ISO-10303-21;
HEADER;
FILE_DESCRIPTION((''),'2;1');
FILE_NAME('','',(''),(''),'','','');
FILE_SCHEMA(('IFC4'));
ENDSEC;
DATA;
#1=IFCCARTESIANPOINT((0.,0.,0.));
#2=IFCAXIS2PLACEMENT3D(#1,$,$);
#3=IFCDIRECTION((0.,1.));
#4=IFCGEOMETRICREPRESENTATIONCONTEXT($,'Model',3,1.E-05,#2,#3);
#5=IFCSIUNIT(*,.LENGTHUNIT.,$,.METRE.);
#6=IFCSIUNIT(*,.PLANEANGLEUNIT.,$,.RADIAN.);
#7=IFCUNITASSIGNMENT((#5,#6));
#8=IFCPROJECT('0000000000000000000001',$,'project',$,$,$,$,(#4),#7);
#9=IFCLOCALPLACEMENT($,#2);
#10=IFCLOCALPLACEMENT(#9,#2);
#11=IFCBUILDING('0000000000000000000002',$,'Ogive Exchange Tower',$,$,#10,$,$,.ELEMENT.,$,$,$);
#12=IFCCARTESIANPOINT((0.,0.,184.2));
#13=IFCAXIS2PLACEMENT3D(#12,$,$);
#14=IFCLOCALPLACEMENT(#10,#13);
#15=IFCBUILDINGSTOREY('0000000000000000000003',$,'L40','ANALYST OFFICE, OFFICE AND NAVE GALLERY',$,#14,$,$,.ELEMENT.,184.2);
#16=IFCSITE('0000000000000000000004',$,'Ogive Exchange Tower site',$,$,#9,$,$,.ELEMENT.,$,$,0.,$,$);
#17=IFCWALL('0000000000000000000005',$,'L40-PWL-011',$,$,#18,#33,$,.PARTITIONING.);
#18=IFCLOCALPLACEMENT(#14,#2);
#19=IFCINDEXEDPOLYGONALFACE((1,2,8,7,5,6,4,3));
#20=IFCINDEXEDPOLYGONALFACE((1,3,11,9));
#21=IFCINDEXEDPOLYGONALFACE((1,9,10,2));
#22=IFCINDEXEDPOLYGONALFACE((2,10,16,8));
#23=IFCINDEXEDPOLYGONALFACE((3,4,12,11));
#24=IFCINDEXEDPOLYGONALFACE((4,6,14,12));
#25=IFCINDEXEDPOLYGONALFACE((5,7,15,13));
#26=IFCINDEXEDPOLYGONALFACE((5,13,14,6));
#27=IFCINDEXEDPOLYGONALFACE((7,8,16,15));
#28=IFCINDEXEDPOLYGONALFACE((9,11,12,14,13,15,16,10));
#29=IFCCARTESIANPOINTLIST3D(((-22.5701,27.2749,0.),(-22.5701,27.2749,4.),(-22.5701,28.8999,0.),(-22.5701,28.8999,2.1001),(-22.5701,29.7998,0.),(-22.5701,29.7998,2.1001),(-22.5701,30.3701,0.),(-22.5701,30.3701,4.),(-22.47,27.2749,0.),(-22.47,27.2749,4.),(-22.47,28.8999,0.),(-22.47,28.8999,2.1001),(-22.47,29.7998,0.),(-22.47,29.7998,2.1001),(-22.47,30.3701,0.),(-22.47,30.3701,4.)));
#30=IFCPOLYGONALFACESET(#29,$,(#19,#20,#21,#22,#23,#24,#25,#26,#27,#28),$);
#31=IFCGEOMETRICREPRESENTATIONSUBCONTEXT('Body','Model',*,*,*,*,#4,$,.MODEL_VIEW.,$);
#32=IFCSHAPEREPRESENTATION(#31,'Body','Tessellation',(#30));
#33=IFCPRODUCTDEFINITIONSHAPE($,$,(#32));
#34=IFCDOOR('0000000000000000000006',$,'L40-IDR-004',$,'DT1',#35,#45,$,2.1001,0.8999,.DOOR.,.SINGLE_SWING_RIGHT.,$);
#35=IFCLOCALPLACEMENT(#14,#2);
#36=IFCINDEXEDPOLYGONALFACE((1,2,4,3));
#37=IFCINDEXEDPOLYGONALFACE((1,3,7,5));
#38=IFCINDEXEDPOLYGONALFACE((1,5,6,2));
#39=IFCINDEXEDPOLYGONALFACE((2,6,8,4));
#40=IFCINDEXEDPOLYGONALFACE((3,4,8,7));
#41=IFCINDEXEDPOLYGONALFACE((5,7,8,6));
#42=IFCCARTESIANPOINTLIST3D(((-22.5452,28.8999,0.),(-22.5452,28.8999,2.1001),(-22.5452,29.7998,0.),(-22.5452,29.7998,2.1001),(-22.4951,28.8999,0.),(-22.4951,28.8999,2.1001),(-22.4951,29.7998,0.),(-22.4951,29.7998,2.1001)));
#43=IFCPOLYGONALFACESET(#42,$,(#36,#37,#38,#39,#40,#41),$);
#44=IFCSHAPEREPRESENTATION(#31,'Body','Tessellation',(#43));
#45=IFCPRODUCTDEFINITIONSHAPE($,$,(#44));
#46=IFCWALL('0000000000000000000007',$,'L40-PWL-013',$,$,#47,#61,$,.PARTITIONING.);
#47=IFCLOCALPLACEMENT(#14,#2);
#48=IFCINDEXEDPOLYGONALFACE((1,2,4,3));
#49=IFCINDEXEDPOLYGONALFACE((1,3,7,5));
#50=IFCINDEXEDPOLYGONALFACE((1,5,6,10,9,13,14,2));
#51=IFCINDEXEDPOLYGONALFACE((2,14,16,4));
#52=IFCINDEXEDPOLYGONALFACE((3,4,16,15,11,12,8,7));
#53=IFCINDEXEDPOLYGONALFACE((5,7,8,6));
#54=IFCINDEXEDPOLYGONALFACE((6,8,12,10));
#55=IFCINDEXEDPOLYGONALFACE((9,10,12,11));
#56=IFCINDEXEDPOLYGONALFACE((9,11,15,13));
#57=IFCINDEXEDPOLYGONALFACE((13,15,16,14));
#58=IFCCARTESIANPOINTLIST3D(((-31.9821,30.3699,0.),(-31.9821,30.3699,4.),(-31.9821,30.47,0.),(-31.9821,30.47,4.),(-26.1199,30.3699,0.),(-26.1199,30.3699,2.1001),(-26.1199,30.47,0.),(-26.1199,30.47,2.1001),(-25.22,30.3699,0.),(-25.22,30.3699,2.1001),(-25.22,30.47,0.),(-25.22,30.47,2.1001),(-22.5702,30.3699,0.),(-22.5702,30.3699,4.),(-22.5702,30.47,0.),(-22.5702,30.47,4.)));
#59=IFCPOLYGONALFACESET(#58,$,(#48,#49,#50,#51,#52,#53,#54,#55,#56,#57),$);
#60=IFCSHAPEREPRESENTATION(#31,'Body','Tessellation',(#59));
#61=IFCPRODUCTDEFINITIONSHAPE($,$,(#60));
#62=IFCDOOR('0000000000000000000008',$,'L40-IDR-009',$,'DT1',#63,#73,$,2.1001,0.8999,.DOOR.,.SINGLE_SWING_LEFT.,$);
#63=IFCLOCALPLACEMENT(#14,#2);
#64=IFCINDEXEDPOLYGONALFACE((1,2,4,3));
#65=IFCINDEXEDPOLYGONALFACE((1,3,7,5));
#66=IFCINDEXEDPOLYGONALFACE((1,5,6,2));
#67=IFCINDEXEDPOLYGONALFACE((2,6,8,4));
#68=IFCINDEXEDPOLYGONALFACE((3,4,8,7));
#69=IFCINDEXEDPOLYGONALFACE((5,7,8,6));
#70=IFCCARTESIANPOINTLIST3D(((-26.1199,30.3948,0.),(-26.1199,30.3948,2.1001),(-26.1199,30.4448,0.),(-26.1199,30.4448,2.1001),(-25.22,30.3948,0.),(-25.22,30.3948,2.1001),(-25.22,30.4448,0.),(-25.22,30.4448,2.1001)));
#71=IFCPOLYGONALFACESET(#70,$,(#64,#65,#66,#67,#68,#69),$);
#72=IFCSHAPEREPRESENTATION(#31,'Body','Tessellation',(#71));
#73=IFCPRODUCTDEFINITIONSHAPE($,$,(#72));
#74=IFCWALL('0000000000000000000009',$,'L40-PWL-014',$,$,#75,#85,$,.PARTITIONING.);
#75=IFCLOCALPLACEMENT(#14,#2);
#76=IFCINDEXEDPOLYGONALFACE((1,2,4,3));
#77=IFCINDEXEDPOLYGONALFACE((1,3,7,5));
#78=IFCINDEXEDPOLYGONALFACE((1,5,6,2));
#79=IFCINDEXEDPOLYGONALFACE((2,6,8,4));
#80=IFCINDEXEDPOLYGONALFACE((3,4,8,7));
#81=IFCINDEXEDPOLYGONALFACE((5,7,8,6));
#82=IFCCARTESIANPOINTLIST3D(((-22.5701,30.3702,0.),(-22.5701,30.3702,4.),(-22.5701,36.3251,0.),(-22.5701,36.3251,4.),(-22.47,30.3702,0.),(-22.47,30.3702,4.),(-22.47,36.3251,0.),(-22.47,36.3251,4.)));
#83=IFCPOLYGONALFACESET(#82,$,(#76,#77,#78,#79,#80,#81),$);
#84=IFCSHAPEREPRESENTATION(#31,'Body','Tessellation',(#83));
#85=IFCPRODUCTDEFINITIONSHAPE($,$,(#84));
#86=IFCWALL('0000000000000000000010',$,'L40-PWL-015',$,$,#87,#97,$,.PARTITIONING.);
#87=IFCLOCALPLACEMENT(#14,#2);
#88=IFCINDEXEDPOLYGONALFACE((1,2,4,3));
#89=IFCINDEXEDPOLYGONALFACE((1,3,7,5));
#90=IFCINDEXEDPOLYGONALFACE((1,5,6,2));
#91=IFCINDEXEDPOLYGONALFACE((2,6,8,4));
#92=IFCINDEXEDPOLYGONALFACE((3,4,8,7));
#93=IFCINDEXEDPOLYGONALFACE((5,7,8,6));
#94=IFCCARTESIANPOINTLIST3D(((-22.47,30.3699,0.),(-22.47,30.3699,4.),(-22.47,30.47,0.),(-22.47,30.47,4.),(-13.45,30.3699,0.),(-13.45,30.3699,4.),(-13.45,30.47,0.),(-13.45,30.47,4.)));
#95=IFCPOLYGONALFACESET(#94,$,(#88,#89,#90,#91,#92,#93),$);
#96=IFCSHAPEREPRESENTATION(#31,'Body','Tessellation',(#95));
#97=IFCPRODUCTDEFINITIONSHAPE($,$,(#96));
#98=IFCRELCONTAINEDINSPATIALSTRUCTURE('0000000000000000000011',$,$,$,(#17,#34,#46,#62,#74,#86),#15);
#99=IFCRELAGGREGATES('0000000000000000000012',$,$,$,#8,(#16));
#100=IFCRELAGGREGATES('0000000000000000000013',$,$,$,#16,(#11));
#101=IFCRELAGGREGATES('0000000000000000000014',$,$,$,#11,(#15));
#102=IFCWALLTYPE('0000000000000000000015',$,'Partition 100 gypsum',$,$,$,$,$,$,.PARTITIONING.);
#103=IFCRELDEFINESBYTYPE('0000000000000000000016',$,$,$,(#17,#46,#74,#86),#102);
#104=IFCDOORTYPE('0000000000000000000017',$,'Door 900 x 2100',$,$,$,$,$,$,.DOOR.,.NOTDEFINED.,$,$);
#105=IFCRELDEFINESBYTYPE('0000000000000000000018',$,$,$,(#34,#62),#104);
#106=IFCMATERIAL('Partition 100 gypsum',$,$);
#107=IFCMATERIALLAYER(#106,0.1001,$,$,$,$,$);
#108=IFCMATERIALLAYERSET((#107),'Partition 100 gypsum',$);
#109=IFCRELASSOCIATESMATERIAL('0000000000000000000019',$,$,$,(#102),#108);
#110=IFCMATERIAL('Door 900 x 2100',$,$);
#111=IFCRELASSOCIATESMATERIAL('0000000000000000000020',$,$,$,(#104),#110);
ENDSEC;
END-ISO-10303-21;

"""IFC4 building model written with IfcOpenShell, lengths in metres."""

from ifc_helpers import new_model, si_unit, direction, frame, frame_2d, origin, place, context, subcontext, project, spatial, rectangle, extrude, material, layer, layer_set, type_object, element, fill, save


model = new_model("IFC4")

# Units and contexts
model_context = context("Model", 3, precision=1e-05, world=origin(), true_north=direction((0.0, 1.0)))
body_context = subcontext(model_context, "Body", "Model", "MODEL_VIEW")
ifc_project = project(units=[si_unit("LENGTHUNIT", "METRE"), si_unit("PLANEANGLEUNIT", "RADIAN")], contexts=[model_context])

# Site, building, storey
site_placement = place(None, origin())
site = spatial("IfcSite", under=ifc_project, at=site_placement, Name="Ogive Exchange Tower site", CompositionType="ELEMENT", RefElevation=0.0)
building_placement = place(site_placement, origin())
building = spatial("IfcBuilding", under=site, at=building_placement, Name="Ogive Exchange Tower", CompositionType="ELEMENT")
storey_placement = place(building_placement, frame((0.0, 0.0, 184.2)))
storey = spatial("IfcBuildingStorey", under=building, at=storey_placement, Name="L40", Description="ANALYST OFFICE, OFFICE AND NAVE GALLERY", CompositionType="ELEMENT", Elevation=184.2)

# Walls, openings, doors
ifc_material_1 = material(Name="Partition 100 gypsum")
ifc_layer_1 = layer(ifc_material_1, 0.1001)
ifc_layer_set_1 = layer_set([ifc_layer_1], Name="Partition 100 gypsum")
wall_type_1 = type_object("IfcWallType", Name="Partition 100 gypsum", PredefinedType="PARTITIONING", material=ifc_layer_set_1)
wall_1_placement = place(storey_placement, frame((-22.52, 27.2749, 0.0), z_axis=(0.0, 0.0, 1.0), x_axis=(0.0, 1.0, 0.0)))
wall_1 = element("IfcWall", 1, at=wall_1_placement, inside=storey, type_object=wall_type_1, Name="L40-PWL-011", PredefinedType="PARTITIONING", context=body_context, shape_type="SweptSolid", body=[
    extrude(rectangle(XDim=3.0952, YDim=0.1001, at=frame_2d((1.5476, 0.0))), origin(), (0.0, 0.0, 1.0), 4.0),
])
opening_1_placement = place(wall_1_placement, frame((1.625, 0.0, 0.0)))
opening_1 = element("IfcOpeningElement", 2, at=opening_1_placement, cuts=wall_1, PredefinedType="OPENING", context=body_context, shape_type="SweptSolid", body=[
    extrude(rectangle(XDim=0.8999, YDim=2.1001, at=frame_2d((0.45, 1.05))), frame((0.0, 0.0601, 0.0), z_axis=(0.0, -1.0, 0.0), x_axis=(1.0, 0.0, 0.0)), (0.0, 0.0, 1.0), 0.1201),
])
ifc_material_2 = material(Name="Door 900 x 2100")
door_type_1 = type_object("IfcDoorType", Name="Door 900 x 2100", OperationType="NOTDEFINED", PredefinedType="DOOR", material=ifc_material_2)
door_1_placement = place(opening_1_placement, frame((0.8999, 0.0, 0.0), z_axis=(0.0, 0.0, 1.0), x_axis=(-1.0, 0.0, 0.0)))
door_1 = element("IfcDoor", 3, at=door_1_placement, inside=storey, type_object=door_type_1, Name="L40-IDR-004", ObjectType="DT1", OperationType="SINGLE_SWING_RIGHT", OverallHeight=2.1001, OverallWidth=0.8999, PredefinedType="DOOR", context=body_context, shape_type="SweptSolid", body=[
    extrude(rectangle(XDim=0.8999, YDim=2.1001, at=frame_2d((0.45, 1.05))), frame((0.0, 0.0249, 0.0), z_axis=(0.0, -1.0, 0.0), x_axis=(1.0, 0.0, 0.0)), (0.0, 0.0, 1.0), 0.05),
])
fill(opening_1, door_1)
wall_2_placement = place(storey_placement, frame((-22.5701, 30.4199, 0.0), z_axis=(0.0, 0.0, 1.0), x_axis=(-1.0, 0.0, 0.0)))
wall_2 = element("IfcWall", 4, at=wall_2_placement, inside=storey, type_object=wall_type_1, Name="L40-PWL-013", PredefinedType="PARTITIONING", context=body_context, shape_type="SweptSolid", body=[
    extrude(rectangle(XDim=9.4119, YDim=0.1001, at=frame_2d((4.7061, 0.0))), origin(), (0.0, 0.0, 1.0), 4.0),
])
opening_2_placement = place(wall_2_placement, frame((2.6499, 0.0, 0.0)))
opening_2 = element("IfcOpeningElement", 5, at=opening_2_placement, cuts=wall_2, PredefinedType="OPENING", context=body_context, shape_type="SweptSolid", body=[
    extrude(rectangle(XDim=0.8999, YDim=2.1001, at=frame_2d((0.45, 1.05))), frame((0.0, 0.0601, 0.0), z_axis=(0.0, -1.0, 0.0), x_axis=(1.0, 0.0, 0.0)), (0.0, 0.0, 1.0), 0.1201),
])
door_2_placement = place(opening_2_placement, frame((0.8999, 0.0, 0.0), z_axis=(0.0, 0.0, 1.0), x_axis=(-1.0, 0.0, 0.0)))
door_2 = element("IfcDoor", 6, at=door_2_placement, inside=storey, type_object=door_type_1, Name="L40-IDR-009", ObjectType="DT1", OperationType="SINGLE_SWING_LEFT", OverallHeight=2.1001, OverallWidth=0.8999, PredefinedType="DOOR", context=body_context, shape_type="SweptSolid", body=[
    extrude(rectangle(XDim=0.8999, YDim=2.1001, at=frame_2d((0.45, 1.05))), frame((0.0, 0.0249, 0.0), z_axis=(0.0, -1.0, 0.0), x_axis=(1.0, 0.0, 0.0)), (0.0, 0.0, 1.0), 0.05),
])
fill(opening_2, door_2)

# Walls
wall_3_placement = place(storey_placement, frame((-22.52, 30.3701, 0.0), z_axis=(0.0, 0.0, 1.0), x_axis=(0.0, 1.0, 0.0)))
element("IfcWall", 7, at=wall_3_placement, inside=storey, type_object=wall_type_1, Name="L40-PWL-014", PredefinedType="PARTITIONING", context=body_context, shape_type="SweptSolid", body=[
    extrude(rectangle(XDim=5.9548, YDim=0.1001, at=frame_2d((2.9775, 0.0))), origin(), (0.0, 0.0, 1.0), 4.0),
])
wall_4_placement = place(storey_placement, frame((-22.47, 30.4199, 0.0), z_axis=(0.0, 0.0, 1.0), x_axis=(1.0, 0.0, 0.0)))
element("IfcWall", 8, at=wall_4_placement, inside=storey, type_object=wall_type_1, Name="L40-PWL-015", PredefinedType="PARTITIONING", context=body_context, shape_type="SweptSolid", body=[
    extrude(rectangle(XDim=9.02, YDim=0.1001, at=frame_2d((4.51, 0.0))), origin(), (0.0, 0.0, 1.0), 4.0),
])

save(model, "model.ifc")
